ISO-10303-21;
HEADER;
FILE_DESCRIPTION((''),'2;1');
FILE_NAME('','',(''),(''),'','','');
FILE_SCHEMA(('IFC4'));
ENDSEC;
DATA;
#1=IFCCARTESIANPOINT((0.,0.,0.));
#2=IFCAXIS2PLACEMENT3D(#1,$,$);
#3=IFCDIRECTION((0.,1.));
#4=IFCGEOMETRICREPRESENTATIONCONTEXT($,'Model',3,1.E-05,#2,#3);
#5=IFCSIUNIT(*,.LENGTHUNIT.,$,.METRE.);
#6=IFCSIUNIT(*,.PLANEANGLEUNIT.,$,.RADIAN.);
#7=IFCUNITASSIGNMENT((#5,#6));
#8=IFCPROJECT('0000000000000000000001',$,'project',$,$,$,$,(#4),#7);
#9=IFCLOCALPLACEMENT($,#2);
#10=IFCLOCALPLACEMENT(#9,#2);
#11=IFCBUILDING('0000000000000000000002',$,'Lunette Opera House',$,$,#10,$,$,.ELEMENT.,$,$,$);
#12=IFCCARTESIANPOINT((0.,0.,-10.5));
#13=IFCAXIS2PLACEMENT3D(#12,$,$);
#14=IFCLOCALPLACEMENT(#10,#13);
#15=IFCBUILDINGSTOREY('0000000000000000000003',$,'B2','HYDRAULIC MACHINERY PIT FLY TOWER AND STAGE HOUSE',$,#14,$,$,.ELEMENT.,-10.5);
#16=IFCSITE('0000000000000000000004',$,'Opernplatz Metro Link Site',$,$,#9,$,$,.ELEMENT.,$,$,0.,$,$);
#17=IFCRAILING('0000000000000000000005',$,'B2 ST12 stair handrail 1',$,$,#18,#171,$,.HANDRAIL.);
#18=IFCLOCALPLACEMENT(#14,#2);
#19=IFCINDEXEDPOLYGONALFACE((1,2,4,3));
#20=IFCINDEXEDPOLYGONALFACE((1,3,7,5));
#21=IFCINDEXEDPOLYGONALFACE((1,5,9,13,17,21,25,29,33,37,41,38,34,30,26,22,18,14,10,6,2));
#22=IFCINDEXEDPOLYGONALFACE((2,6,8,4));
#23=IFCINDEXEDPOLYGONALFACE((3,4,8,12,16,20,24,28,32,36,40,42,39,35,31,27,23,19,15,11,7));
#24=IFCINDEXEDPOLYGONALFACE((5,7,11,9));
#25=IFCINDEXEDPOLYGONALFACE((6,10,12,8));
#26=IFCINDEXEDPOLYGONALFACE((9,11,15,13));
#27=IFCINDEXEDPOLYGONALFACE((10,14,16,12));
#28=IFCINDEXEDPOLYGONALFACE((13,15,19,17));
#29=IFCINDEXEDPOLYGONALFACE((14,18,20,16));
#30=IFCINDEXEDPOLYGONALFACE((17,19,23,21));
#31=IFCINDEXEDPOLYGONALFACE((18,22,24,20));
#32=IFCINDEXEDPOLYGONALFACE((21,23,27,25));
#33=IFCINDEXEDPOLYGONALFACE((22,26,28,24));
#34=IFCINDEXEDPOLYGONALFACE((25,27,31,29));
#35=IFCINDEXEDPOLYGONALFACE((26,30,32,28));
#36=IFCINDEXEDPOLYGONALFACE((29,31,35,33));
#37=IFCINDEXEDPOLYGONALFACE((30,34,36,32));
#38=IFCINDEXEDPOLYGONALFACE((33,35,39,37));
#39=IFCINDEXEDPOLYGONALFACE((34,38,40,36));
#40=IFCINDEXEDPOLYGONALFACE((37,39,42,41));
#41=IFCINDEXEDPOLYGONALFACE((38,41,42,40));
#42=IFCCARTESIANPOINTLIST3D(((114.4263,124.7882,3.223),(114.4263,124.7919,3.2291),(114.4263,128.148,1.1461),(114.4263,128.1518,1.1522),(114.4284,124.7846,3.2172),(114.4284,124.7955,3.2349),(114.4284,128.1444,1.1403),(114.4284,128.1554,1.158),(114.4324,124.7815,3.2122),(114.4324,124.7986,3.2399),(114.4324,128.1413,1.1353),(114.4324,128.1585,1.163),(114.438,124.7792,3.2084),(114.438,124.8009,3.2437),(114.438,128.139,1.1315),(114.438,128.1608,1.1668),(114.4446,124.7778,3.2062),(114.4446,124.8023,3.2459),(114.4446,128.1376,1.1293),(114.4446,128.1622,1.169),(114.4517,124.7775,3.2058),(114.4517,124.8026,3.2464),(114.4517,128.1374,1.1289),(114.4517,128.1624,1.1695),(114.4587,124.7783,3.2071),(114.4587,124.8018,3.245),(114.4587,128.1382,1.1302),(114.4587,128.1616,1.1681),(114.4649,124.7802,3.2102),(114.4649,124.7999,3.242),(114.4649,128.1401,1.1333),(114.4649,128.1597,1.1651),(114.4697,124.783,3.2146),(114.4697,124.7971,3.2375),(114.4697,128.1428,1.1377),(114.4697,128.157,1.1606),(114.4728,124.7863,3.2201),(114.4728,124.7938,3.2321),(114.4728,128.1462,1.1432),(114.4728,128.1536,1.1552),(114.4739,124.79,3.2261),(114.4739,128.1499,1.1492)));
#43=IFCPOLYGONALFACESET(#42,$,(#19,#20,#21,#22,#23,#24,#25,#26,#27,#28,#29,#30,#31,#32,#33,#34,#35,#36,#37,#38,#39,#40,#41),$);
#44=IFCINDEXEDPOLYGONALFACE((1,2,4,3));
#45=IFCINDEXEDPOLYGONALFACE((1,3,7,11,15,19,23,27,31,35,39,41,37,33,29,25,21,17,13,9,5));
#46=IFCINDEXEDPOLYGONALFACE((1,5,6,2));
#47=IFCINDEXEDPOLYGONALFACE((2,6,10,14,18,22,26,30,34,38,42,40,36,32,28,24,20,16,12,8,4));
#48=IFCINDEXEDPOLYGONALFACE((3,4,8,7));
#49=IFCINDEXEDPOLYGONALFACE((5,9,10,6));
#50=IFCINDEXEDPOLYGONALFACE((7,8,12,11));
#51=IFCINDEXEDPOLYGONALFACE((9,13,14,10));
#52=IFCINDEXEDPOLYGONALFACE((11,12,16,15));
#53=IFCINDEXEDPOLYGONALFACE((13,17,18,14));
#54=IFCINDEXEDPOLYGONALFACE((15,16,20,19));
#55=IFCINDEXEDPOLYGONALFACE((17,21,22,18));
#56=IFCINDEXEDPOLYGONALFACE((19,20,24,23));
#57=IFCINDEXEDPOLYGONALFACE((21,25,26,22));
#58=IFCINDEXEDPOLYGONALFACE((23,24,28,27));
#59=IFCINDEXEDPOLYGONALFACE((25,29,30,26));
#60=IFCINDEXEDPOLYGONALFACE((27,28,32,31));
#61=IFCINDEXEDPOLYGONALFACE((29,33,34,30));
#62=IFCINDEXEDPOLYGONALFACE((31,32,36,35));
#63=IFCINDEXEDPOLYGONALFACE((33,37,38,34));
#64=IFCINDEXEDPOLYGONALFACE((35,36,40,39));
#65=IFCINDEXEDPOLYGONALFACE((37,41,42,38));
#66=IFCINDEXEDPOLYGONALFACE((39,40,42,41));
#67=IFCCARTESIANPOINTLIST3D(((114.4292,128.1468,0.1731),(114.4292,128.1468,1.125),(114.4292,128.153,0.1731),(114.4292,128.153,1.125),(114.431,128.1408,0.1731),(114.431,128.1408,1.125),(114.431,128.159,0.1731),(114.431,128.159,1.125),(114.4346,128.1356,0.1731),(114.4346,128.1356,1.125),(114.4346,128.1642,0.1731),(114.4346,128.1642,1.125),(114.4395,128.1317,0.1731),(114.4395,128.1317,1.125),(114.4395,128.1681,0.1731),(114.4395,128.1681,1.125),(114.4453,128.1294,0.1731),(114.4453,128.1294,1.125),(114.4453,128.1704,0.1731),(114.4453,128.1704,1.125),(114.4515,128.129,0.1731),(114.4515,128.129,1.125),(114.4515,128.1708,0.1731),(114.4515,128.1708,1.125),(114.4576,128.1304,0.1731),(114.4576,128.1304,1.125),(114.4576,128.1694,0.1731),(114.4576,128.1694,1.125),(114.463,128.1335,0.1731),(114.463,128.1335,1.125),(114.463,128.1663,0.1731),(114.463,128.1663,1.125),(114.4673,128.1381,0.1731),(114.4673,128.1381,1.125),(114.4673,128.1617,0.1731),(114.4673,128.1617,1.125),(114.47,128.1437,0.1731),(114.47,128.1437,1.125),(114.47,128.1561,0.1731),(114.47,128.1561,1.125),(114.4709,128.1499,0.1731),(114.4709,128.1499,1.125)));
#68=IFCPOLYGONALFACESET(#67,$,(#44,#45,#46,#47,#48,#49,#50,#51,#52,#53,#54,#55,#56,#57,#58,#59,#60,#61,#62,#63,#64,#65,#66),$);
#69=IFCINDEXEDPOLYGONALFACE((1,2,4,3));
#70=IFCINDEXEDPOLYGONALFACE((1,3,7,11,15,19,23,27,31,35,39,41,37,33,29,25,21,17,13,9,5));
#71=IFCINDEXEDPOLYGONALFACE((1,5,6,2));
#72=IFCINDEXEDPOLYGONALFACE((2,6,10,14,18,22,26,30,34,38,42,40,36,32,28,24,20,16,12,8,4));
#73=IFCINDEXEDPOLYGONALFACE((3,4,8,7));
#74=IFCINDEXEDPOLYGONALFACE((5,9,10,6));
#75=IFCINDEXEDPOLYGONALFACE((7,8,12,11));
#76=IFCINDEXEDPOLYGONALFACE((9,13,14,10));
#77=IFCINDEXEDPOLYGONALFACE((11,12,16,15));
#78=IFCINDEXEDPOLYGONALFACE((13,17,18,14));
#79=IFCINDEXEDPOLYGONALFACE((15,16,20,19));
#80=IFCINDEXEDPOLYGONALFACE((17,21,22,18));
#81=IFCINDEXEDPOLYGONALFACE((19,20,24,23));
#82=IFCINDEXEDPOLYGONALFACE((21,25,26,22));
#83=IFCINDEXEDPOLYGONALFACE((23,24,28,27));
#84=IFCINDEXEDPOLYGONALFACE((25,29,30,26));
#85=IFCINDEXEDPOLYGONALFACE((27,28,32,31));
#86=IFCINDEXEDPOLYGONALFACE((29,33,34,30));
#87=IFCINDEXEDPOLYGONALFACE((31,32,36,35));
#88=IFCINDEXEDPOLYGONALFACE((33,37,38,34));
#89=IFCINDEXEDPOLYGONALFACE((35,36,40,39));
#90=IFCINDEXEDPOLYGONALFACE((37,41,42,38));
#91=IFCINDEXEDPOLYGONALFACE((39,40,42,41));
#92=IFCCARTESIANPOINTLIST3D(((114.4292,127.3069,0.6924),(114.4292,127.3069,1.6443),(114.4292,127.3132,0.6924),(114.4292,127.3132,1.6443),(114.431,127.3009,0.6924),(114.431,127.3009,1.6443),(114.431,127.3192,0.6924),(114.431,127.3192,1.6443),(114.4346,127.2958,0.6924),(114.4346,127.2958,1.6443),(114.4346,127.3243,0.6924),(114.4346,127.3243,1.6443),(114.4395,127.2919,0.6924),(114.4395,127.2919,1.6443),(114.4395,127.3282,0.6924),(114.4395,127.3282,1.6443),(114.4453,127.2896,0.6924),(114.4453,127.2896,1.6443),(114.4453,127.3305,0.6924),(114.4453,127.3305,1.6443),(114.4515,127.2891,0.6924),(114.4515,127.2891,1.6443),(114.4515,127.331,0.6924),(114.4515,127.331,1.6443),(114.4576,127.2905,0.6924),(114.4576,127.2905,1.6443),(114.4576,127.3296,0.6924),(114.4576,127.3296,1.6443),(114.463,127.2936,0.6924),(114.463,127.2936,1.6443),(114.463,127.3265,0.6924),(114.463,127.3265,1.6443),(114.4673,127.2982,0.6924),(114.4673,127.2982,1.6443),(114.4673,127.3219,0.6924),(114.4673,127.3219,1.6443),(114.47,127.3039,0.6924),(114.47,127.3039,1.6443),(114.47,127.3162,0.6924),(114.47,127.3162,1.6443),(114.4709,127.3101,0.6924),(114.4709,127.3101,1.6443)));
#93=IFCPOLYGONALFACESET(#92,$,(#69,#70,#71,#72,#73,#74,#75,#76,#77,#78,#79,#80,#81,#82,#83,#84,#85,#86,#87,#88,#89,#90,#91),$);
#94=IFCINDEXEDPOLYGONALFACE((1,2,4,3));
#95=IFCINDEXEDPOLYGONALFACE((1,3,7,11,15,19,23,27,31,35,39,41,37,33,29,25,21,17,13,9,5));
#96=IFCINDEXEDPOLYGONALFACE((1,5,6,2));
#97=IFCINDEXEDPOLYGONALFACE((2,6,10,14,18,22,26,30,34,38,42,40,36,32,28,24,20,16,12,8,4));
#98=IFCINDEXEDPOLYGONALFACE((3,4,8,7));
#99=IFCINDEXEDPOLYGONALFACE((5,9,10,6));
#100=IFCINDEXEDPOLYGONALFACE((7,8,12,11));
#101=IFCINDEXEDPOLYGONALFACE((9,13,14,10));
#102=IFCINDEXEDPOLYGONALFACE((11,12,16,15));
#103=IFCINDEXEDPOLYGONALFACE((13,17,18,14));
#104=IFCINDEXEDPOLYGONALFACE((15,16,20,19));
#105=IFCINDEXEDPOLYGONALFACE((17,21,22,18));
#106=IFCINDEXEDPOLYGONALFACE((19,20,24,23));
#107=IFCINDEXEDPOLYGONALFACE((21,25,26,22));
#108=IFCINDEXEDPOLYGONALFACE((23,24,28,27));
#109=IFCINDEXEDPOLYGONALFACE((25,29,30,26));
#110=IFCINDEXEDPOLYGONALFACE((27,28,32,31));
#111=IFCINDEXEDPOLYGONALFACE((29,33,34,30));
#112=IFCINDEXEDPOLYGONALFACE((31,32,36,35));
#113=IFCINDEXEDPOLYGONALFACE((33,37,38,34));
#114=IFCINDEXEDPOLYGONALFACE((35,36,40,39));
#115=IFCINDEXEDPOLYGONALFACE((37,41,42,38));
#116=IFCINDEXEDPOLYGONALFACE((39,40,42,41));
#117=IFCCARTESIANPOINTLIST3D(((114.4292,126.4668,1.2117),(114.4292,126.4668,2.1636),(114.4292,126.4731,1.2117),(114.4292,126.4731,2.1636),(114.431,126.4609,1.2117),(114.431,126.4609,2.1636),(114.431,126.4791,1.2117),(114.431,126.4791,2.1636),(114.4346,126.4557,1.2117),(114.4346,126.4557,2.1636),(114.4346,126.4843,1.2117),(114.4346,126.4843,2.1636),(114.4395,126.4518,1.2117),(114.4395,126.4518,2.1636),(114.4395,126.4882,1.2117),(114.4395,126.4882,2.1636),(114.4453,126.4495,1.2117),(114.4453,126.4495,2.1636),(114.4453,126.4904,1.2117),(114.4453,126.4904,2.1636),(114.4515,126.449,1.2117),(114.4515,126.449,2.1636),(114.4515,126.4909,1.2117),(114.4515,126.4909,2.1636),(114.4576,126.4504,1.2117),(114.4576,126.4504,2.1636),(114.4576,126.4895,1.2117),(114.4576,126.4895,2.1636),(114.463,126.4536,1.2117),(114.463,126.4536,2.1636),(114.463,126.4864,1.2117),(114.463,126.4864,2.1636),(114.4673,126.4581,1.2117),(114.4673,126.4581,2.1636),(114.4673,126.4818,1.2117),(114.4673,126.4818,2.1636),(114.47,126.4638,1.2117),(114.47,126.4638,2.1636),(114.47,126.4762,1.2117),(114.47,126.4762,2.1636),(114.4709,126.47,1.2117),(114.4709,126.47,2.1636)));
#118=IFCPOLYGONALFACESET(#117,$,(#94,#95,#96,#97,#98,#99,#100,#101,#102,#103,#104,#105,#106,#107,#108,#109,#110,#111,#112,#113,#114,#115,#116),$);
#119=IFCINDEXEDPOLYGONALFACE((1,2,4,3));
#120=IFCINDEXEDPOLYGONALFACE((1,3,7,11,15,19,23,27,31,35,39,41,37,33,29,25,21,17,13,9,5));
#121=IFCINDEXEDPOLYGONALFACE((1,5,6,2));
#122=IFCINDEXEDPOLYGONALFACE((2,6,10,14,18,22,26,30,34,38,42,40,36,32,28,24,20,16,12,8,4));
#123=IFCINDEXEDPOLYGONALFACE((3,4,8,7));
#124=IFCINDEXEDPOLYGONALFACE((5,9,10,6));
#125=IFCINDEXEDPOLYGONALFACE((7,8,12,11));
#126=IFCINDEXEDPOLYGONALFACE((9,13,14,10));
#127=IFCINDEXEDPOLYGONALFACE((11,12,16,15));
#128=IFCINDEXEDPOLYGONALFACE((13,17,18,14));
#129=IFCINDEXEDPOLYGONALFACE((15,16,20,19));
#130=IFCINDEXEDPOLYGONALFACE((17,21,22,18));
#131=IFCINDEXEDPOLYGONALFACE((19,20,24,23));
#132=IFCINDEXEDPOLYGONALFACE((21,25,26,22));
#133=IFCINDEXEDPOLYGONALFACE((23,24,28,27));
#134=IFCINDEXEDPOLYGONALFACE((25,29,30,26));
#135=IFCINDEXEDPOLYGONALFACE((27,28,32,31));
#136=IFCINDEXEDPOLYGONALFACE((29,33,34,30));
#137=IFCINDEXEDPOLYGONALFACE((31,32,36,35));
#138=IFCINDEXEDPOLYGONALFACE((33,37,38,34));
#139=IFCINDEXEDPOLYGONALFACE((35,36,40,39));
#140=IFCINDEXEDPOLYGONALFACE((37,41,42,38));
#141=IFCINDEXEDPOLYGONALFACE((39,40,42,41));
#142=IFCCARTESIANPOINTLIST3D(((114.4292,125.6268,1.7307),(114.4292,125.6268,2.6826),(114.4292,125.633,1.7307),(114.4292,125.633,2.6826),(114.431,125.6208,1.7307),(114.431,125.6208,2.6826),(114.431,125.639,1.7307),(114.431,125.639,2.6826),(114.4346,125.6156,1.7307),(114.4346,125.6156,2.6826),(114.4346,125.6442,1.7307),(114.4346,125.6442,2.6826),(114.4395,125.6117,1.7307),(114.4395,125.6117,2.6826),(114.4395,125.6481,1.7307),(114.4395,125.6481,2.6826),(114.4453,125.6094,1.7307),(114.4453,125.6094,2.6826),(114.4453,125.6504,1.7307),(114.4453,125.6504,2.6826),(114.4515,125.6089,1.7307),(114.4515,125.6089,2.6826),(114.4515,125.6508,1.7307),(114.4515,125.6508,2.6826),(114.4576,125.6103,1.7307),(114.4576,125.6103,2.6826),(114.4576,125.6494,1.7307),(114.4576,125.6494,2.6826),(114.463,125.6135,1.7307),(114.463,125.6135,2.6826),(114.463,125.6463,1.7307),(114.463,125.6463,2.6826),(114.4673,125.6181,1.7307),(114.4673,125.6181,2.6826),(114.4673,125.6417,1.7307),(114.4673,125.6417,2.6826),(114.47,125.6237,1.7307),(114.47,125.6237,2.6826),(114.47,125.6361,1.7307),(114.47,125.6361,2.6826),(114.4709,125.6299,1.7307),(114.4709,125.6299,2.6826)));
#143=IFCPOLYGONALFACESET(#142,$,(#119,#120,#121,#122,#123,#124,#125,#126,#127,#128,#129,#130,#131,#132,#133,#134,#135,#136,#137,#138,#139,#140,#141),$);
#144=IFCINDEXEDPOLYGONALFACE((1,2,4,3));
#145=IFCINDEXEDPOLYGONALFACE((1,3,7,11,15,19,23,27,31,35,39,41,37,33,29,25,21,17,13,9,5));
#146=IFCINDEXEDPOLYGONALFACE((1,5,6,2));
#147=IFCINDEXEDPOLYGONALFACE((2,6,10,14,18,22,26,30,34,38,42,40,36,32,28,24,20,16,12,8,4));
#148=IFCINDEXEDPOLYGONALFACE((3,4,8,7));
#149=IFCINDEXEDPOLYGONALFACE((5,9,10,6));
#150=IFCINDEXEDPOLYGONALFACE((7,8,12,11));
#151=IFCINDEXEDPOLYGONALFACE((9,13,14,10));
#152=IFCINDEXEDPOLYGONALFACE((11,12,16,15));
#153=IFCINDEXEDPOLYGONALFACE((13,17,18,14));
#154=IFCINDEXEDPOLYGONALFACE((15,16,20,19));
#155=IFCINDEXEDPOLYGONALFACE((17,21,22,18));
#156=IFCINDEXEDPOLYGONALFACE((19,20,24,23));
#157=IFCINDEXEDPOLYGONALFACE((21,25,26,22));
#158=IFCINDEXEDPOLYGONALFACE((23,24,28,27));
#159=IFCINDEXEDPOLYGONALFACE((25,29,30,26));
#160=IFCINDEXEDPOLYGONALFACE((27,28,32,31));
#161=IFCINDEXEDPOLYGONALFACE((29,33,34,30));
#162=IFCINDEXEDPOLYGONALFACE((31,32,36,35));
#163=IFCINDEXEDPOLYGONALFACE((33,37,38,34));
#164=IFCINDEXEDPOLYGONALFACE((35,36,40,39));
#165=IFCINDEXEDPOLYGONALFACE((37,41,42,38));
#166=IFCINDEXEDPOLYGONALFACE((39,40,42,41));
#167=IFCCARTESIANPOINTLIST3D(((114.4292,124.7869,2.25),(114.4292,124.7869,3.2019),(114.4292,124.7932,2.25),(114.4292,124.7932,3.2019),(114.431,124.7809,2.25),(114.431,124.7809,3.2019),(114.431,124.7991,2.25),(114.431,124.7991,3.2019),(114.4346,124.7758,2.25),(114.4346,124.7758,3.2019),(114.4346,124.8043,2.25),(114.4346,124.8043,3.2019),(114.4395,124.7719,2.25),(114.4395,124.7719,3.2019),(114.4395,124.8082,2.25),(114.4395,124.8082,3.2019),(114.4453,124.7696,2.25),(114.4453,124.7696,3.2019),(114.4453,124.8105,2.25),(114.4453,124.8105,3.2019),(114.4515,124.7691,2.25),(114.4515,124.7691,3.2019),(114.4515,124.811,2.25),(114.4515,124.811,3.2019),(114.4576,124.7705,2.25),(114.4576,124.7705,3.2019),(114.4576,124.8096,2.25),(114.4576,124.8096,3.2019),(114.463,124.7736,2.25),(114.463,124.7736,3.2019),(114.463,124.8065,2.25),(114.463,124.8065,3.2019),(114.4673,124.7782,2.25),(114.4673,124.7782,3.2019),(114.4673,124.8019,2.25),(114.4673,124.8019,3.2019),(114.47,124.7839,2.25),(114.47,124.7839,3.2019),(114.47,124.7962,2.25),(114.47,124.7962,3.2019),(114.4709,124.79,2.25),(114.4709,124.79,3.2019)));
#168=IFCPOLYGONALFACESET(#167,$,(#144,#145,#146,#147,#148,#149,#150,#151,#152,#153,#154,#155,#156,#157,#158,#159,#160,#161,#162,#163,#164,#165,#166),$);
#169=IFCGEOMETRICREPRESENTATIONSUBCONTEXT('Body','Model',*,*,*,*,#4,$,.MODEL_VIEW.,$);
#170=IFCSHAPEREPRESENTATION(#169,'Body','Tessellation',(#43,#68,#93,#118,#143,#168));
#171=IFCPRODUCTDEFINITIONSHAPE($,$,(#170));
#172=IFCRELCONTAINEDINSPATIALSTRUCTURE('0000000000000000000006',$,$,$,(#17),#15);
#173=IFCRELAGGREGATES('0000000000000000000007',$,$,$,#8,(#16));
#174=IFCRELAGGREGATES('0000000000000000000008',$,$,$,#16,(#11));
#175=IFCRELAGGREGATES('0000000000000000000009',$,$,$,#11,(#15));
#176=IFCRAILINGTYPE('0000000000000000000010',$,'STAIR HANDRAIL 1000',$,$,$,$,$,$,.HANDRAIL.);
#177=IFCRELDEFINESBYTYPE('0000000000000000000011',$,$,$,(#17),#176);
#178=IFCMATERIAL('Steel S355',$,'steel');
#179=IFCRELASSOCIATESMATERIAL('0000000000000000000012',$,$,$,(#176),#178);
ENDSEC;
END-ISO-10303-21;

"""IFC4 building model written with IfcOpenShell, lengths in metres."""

from ifc_helpers import new_model, si_unit, direction, frame, origin, origin_2d, place, context, subcontext, project, spatial, circle, extrude, material, type_object, element, save


model = new_model("IFC4")

# Units and contexts
model_context = context("Model", 3, precision=1e-05, world=origin(), true_north=direction((0.0, 1.0)))
body_context = subcontext(model_context, "Body", "Model", "MODEL_VIEW")
ifc_project = project(units=[si_unit("LENGTHUNIT", "METRE"), si_unit("PLANEANGLEUNIT", "RADIAN")], contexts=[model_context])

# Site, building, storey
site_placement = place(None, origin())
site = spatial("IfcSite", under=ifc_project, at=site_placement, Name="Opernplatz Metro Link Site", CompositionType="ELEMENT", RefElevation=0.0)
building_placement = place(site_placement, origin())
building = spatial("IfcBuilding", under=site, at=building_placement, Name="Lunette Opera House", CompositionType="ELEMENT")
storey_placement = place(building_placement, frame((0.0, 0.0, -10.5)))
storey = spatial("IfcBuildingStorey", under=building, at=storey_placement, Name="B2", Description="HYDRAULIC MACHINERY PIT FLY TOWER AND STAGE HOUSE", CompositionType="ELEMENT", Elevation=-10.5)

# Railing
ifc_material_1 = material(Name="Steel S355", Category="steel")
railing_type_1 = type_object("IfcRailingType", Name="STAIR HANDRAIL 1000", PredefinedType="HANDRAIL", material=ifc_material_1)
railing_1_placement = place(storey_placement, frame((114.45, 128.1499, 0.1731)))
element("IfcRailing", 1, at=railing_1_placement, inside=storey, type_object=railing_type_1, Name="B2 ST12 stair handrail 1", PredefinedType="HANDRAIL", context=body_context, shape_type="SweptSolid", body=[
    extrude(circle(Radius=0.0239, at=origin_2d()), frame((0.0, 0.0, 0.9761), z_axis=(0.0, -0.850606, 0.525803), x_axis=(1.0, 0.0, 0.0)), (0.0, 0.0, 1.0), 3.95),
    extrude(circle(Radius=0.021, at=origin_2d()), origin(), (0.0, 0.0, 1.0), 0.9519),
    extrude(circle(Radius=0.021, at=origin_2d()), frame((0.0, -0.8398, 0.5193)), (0.0, 0.0, 1.0), 0.9519),
    extrude(circle(Radius=0.021, at=origin_2d()), frame((0.0, -1.6799, 1.0386)), (0.0, 0.0, 1.0), 0.9519),
    extrude(circle(Radius=0.021, at=origin_2d()), frame((0.0, -2.52, 1.5576)), (0.0, 0.0, 1.0), 0.9519),
    extrude(circle(Radius=0.021, at=origin_2d()), frame((0.0, -3.3599, 2.0769)), (0.0, 0.0, 1.0), 0.9519),
])

save(model, "model.ifc")
